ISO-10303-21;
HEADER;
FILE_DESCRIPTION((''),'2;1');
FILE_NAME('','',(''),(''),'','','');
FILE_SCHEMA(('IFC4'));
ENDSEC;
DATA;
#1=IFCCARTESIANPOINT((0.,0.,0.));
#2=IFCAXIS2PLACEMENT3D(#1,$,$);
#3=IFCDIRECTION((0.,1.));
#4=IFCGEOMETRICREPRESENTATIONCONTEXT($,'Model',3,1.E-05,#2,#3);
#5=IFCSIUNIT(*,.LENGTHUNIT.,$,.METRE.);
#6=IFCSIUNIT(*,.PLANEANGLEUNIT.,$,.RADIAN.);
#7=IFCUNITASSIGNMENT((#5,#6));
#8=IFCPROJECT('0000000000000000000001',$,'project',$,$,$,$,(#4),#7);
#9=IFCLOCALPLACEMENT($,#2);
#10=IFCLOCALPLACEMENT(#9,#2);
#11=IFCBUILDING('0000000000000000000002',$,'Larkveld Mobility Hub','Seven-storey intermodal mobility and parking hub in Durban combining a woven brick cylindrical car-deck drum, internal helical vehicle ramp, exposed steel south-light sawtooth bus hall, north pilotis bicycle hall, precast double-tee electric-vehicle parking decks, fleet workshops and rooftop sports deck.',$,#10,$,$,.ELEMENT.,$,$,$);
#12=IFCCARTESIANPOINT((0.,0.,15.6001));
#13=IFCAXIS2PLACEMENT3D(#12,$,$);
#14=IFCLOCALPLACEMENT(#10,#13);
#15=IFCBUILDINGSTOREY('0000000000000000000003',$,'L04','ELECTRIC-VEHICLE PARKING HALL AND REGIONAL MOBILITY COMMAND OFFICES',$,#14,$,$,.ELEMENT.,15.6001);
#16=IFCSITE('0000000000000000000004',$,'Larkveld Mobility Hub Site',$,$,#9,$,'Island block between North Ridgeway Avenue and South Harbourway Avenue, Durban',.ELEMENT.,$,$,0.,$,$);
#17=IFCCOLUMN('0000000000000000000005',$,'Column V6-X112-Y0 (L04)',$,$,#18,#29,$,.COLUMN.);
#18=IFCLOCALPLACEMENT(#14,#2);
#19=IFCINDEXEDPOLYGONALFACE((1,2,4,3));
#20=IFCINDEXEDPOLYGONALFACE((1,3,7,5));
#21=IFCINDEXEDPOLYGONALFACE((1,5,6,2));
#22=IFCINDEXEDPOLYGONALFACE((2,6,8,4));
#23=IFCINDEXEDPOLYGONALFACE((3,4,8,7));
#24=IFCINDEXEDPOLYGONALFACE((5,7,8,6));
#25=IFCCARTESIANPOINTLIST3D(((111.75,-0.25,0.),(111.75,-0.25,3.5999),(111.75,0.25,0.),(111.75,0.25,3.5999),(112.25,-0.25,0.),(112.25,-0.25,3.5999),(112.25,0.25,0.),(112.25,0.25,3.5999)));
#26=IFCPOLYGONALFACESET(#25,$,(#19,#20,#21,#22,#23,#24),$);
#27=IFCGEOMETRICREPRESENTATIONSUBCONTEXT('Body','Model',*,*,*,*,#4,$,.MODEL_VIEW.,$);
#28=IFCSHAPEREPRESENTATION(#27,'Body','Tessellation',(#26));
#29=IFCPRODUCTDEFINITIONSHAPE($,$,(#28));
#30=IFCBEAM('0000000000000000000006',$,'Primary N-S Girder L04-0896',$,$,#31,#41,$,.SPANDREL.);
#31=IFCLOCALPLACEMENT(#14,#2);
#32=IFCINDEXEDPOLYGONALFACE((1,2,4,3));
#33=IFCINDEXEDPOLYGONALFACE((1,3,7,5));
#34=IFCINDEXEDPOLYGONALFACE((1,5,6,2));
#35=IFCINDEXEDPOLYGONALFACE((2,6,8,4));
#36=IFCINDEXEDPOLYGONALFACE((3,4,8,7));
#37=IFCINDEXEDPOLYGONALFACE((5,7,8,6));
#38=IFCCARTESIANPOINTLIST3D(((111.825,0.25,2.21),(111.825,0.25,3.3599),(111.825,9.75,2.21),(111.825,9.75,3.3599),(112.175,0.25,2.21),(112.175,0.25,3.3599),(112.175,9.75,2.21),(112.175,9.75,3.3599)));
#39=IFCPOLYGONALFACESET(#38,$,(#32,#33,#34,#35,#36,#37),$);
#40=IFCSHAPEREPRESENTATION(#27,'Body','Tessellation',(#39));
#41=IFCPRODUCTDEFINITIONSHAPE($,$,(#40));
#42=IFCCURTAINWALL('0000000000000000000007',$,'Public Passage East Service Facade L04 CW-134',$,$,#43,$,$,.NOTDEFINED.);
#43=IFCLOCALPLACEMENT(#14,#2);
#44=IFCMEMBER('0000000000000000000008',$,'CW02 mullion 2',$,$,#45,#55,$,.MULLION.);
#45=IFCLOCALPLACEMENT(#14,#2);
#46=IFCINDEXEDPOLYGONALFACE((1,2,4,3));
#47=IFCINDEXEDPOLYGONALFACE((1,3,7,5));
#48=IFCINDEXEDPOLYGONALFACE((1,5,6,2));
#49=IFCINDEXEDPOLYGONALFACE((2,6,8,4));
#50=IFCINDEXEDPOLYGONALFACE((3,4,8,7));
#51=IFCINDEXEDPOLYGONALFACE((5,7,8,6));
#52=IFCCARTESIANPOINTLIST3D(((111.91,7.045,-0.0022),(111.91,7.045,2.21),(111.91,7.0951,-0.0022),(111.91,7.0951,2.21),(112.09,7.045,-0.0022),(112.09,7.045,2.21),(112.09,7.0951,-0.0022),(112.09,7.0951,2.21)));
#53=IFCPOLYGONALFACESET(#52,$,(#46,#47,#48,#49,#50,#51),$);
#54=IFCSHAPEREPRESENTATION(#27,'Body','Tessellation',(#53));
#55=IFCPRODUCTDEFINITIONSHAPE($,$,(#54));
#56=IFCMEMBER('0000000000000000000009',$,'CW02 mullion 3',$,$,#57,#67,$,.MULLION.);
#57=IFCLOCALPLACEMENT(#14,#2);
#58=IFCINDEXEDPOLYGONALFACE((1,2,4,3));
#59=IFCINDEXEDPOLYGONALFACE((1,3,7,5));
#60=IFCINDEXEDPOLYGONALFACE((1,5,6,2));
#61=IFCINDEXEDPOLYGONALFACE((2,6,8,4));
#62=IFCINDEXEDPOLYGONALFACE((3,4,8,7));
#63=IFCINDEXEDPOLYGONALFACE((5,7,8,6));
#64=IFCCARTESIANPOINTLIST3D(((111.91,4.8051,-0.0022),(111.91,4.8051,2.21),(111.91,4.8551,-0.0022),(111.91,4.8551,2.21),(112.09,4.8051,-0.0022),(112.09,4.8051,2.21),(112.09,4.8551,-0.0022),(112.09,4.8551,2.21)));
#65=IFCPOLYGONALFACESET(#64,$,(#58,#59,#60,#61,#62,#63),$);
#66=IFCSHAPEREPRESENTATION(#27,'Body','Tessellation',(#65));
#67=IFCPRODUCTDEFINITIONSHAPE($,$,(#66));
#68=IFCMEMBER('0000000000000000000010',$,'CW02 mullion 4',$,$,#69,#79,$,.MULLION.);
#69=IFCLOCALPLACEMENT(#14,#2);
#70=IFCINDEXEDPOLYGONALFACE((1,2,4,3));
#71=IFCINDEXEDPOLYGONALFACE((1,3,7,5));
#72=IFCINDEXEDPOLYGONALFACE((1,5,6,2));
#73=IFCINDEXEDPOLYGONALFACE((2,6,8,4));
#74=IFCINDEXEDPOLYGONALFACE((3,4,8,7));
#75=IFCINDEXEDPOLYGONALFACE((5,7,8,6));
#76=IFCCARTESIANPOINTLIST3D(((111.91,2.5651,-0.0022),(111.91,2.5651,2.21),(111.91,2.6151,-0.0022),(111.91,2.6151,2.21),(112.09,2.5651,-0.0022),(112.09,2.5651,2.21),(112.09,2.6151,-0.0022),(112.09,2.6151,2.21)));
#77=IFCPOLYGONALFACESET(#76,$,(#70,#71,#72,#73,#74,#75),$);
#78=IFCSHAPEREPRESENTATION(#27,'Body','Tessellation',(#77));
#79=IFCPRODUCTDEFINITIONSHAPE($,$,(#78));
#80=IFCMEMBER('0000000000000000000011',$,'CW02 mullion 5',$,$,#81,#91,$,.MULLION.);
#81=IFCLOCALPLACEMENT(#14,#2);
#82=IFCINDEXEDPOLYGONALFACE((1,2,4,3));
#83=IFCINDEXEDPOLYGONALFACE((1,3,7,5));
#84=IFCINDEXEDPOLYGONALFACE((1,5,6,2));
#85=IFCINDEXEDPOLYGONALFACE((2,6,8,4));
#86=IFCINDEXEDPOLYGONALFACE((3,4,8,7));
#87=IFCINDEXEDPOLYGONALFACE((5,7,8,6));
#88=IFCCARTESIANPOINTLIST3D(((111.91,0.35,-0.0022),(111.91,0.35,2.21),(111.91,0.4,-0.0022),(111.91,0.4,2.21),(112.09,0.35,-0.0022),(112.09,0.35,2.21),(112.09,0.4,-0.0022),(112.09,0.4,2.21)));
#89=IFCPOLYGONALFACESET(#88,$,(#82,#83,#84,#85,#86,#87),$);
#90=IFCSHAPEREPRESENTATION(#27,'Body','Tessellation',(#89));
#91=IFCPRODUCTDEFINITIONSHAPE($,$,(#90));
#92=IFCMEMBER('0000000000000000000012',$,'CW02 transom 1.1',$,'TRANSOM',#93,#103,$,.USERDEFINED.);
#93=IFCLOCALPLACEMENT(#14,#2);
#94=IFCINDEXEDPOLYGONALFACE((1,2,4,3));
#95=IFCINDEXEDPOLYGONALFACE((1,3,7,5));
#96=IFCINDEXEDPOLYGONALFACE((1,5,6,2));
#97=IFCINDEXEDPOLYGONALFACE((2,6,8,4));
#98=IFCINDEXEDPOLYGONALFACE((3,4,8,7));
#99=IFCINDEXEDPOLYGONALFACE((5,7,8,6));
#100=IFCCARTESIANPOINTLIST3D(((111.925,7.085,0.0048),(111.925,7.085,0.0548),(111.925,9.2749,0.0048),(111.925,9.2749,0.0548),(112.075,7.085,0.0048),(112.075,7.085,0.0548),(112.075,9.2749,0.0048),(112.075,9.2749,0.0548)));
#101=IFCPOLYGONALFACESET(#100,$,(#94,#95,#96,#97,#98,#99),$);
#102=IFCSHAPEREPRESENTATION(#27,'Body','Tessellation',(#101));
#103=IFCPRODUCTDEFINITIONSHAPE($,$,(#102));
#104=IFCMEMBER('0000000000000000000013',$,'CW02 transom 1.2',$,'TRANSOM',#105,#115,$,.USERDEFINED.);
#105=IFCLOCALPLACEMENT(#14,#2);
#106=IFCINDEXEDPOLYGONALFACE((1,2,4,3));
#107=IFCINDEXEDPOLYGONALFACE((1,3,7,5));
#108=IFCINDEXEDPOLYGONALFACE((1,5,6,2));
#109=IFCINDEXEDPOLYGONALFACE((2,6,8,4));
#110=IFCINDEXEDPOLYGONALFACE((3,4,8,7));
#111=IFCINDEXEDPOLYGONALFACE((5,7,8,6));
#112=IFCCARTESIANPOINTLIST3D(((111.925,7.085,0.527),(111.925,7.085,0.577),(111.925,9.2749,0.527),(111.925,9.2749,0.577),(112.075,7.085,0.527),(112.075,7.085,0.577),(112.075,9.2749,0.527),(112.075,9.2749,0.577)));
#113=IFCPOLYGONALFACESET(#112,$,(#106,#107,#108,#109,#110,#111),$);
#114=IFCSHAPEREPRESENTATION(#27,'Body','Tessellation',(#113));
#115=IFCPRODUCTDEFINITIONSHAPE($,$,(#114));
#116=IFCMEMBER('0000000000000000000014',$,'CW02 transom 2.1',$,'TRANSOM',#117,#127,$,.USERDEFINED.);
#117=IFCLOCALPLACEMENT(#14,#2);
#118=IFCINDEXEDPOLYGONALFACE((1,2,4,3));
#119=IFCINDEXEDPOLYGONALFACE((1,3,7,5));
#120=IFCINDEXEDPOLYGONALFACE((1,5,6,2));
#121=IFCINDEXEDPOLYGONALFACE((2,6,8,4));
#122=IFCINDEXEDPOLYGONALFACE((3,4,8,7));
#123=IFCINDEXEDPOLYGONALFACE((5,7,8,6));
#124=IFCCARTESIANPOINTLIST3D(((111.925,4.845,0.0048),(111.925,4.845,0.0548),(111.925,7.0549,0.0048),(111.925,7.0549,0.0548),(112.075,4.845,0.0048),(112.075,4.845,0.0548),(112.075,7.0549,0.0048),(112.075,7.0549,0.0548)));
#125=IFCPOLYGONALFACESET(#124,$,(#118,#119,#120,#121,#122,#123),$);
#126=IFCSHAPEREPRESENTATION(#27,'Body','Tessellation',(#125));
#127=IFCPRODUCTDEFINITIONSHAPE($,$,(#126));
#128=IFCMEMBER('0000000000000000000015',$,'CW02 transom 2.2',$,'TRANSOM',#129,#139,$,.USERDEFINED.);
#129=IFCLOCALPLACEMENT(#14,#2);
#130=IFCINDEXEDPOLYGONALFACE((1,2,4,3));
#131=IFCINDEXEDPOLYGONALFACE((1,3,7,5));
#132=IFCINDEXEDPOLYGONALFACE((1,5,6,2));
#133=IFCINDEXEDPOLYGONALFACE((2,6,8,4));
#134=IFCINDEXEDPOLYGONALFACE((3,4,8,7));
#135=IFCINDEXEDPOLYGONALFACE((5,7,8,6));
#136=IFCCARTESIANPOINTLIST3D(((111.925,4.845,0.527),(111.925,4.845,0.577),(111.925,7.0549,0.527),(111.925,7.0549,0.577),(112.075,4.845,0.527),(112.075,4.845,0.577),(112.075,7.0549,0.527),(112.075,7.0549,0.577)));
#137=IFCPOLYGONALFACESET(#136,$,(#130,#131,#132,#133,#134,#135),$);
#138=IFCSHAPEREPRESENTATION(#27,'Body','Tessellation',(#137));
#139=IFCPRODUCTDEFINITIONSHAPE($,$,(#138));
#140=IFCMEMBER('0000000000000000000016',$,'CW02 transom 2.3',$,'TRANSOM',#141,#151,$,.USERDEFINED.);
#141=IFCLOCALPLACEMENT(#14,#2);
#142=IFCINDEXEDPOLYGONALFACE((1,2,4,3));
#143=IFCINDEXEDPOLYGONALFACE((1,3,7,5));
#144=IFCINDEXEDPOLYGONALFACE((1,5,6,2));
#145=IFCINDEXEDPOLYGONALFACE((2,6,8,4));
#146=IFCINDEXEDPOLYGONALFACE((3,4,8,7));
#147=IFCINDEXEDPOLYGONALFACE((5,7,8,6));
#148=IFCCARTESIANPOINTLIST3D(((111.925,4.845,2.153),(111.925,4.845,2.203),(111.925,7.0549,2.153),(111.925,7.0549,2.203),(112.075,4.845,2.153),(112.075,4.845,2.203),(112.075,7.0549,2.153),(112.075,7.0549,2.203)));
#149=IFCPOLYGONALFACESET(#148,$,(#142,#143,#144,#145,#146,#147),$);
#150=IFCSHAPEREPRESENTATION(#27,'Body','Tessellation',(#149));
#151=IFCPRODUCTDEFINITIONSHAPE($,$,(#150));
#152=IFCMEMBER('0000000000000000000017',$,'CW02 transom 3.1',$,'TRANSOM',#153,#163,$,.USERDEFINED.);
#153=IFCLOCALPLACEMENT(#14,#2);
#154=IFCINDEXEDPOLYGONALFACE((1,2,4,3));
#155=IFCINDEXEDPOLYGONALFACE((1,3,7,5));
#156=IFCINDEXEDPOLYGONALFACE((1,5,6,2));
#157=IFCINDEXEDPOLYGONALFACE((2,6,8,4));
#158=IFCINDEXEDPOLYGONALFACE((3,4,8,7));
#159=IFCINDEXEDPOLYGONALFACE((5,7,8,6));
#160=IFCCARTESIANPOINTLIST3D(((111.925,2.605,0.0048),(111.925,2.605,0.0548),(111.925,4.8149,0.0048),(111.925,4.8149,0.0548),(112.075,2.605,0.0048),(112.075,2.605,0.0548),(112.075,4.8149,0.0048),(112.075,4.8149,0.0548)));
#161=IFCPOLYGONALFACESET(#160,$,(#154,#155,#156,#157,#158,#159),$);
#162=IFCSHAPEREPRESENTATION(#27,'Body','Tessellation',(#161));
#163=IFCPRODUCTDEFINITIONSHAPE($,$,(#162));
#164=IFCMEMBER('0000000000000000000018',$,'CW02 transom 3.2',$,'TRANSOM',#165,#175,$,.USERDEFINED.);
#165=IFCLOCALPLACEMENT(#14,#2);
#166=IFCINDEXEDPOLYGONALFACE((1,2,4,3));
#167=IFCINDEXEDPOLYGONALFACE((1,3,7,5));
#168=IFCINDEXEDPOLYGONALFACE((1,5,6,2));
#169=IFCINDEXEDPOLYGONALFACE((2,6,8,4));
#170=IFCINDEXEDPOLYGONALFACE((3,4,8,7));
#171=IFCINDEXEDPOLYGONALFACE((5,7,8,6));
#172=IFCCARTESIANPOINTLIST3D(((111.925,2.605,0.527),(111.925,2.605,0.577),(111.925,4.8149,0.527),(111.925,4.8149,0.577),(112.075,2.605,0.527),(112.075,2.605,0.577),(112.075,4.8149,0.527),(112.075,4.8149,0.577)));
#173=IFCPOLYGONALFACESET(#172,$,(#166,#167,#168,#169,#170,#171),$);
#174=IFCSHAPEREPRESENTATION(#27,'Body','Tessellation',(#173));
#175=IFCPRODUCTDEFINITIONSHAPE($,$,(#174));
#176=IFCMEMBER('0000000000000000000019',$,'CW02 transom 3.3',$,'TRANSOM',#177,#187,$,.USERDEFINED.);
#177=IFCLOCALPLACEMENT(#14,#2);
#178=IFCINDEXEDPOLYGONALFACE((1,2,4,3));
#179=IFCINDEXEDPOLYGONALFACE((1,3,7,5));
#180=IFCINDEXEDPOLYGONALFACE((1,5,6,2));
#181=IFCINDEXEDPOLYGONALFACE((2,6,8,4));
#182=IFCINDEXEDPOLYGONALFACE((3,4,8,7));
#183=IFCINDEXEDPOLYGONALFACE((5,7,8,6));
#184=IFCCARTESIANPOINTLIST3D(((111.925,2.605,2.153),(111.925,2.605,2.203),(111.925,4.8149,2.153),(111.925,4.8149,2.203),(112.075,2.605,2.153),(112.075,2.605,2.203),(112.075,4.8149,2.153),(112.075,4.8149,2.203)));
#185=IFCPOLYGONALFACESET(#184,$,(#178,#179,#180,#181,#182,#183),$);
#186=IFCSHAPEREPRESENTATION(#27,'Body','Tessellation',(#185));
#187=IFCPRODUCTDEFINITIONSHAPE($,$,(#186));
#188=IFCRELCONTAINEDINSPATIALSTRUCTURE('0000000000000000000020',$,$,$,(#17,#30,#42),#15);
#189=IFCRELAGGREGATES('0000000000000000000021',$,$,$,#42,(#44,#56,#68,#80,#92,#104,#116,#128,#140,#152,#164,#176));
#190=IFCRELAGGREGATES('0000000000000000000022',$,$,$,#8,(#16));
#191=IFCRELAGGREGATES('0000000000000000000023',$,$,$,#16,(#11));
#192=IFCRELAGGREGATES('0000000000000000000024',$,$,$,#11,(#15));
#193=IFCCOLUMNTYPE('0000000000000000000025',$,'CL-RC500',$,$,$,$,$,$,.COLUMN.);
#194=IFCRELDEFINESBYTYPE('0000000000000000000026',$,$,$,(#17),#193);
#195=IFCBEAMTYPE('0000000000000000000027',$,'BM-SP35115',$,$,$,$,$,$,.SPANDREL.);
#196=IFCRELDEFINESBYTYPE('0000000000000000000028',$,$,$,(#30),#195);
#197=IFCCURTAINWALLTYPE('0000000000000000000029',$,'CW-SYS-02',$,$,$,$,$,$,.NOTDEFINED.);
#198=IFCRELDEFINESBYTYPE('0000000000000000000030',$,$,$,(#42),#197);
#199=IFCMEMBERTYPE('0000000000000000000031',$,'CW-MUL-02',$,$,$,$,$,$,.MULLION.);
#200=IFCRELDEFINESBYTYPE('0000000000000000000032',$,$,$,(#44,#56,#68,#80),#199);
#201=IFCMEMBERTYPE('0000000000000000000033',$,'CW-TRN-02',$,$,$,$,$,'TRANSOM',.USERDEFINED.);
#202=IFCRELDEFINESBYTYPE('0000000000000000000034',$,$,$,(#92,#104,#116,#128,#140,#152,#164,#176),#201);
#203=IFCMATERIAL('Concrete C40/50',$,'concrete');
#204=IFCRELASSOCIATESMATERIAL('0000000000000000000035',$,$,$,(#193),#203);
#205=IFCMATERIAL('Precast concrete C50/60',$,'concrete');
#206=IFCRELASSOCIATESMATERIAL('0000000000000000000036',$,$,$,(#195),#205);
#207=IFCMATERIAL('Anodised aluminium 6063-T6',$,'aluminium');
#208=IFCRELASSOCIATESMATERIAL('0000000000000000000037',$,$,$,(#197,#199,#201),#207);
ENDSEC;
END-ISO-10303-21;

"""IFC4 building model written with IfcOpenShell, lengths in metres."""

from ifc_helpers import new_model, si_unit, direction, frame, origin, origin_2d, place, context, subcontext, project, spatial, rectangle, extrude, material, material_profile, profile_set, type_object, element, aggregate, save


model = new_model("IFC4")

# Units and contexts
model_context = context("Model", 3, precision=1e-05, world=origin(), true_north=direction((0.0, 1.0)))
body_context = subcontext(model_context, "Body", "Model", "MODEL_VIEW")
ifc_project = project(units=[si_unit("LENGTHUNIT", "METRE"), si_unit("PLANEANGLEUNIT", "RADIAN")], contexts=[model_context])

# Site, building, storey
site_placement = place(None, origin())
site = spatial("IfcSite", under=ifc_project, at=site_placement, Name="Larkveld Mobility Hub Site", LongName="Island block between North Ridgeway Avenue and South Harbourway Avenue, Durban", CompositionType="ELEMENT", RefElevation=0.0)
building_placement = place(site_placement, origin())
building = spatial("IfcBuilding", under=site, at=building_placement, Name="Larkveld Mobility Hub", Description="Seven-storey intermodal mobility and parking hub in Durban combining a woven brick cylindrical car-deck drum, internal helical vehicle ramp, exposed steel south-light sawtooth bus hall, north pilotis bicycle hall, precast double-tee electric-vehicle parking decks, fleet workshops and rooftop sports deck.", CompositionType="ELEMENT")
storey_placement = place(building_placement, frame((0.0, 0.0, 15.6001)))
storey = spatial("IfcBuildingStorey", under=building, at=storey_placement, Name="L04", Description="ELECTRIC-VEHICLE PARKING HALL AND REGIONAL MOBILITY COMMAND OFFICES", CompositionType="ELEMENT", Elevation=15.6001)

# Column
ifc_material_1 = material(Name="Concrete C40/50", Category="concrete")
ifc_material_profile_1 = material_profile(ifc_material_1, rectangle(XDim=0.5, YDim=0.5, at=origin_2d()), Name="RC COL 500x500")
ifc_profile_set_1 = profile_set([ifc_material_profile_1], Name="Concrete C40/50")
column_type = type_object("IfcColumnType", Name="CL-RC500", PredefinedType="COLUMN", material=ifc_profile_set_1)
column_placement = place(storey_placement, frame((112.0, 0.0, 0.0), z_axis=(0.0, 0.0, 1.0), x_axis=(1.0, 0.0, 0.0)))
element("IfcColumn", 1, at=column_placement, inside=storey, type_object=column_type, Name="Column V6-X112-Y0 (L04)", PredefinedType="COLUMN", context=body_context, shape_type="SweptSolid", body=[
    extrude(rectangle(XDim=0.5, YDim=0.5, at=origin_2d()), origin(), (0.0, 0.0, 1.0), 3.5999),
])

# Beam
ifc_material_2 = material(Name="Precast concrete C50/60", Category="concrete")
ifc_material_profile_2 = material_profile(ifc_material_2, rectangle(XDim=0.3501, YDim=1.1499, at=origin_2d()), Name="PC SP 350x1150")
ifc_profile_set_2 = profile_set([ifc_material_profile_2], Name="Precast concrete C50/60")
beam_type = type_object("IfcBeamType", Name="BM-SP35115", PredefinedType="SPANDREL", material=ifc_profile_set_2)
beam_placement = place(storey_placement, frame((112.0, 0.25, 2.7849), z_axis=(0.0, 1.0, 0.0), x_axis=(-1.0, 0.0, 0.0)))
element("IfcBeam", 2, at=beam_placement, inside=storey, type_object=beam_type, Name="Primary N-S Girder L04-0896", PredefinedType="SPANDREL", context=body_context, shape_type="SweptSolid", body=[
    extrude(rectangle(XDim=0.3501, YDim=1.1499, at=origin_2d()), origin(), (0.0, 0.0, 1.0), 9.5),
])

# Curtain wall, members
ifc_material_3 = material(Name="Anodised aluminium 6063-T6", Category="aluminium")
curtain_wall_type = type_object("IfcCurtainWallType", Name="CW-SYS-02", PredefinedType="NOTDEFINED", material=ifc_material_3)
curtain_wall_placement = place(storey_placement, origin())
curtain_wall = element("IfcCurtainWall", 3, at=curtain_wall_placement, inside=storey, type_object=curtain_wall_type, Name="Public Passage East Service Facade L04 CW-134", PredefinedType="NOTDEFINED")
ifc_material_profile_3 = material_profile(ifc_material_3, rectangle(XDim=0.05, YDim=0.1799, at=origin_2d()), Name="ALU MULL 50x180")
ifc_profile_set_3 = profile_set([ifc_material_profile_3], Name="Anodised aluminium 6063-T6")
member_type_1 = type_object("IfcMemberType", Name="CW-MUL-02", PredefinedType="MULLION", material=ifc_profile_set_3)
member_1_placement = place(storey_placement, frame((112.0, 7.0701, -0.0022), z_axis=(0.0, 0.0, 1.0), x_axis=(0.0, -1.0, 0.0)))
member_1 = element("IfcMember", 4, at=member_1_placement, type_object=member_type_1, Name="CW02 mullion 2", PredefinedType="MULLION", context=body_context, shape_type="SweptSolid", body=[
    extrude(rectangle(XDim=0.05, YDim=0.1799, at=origin_2d()), origin(), (0.0, 0.0, 1.0), 2.2122),
])
member_2_placement = place(storey_placement, frame((112.0, 4.8301, -0.0022), z_axis=(0.0, 0.0, 1.0), x_axis=(0.0, -1.0, 0.0)))
member_2 = element("IfcMember", 5, at=member_2_placement, type_object=member_type_1, Name="CW02 mullion 3", PredefinedType="MULLION", context=body_context, shape_type="SweptSolid", body=[
    extrude(rectangle(XDim=0.05, YDim=0.1799, at=origin_2d()), origin(), (0.0, 0.0, 1.0), 2.2122),
])
member_3_placement = place(storey_placement, frame((112.0, 2.5901, -0.0022), z_axis=(0.0, 0.0, 1.0), x_axis=(0.0, -1.0, 0.0)))
member_3 = element("IfcMember", 6, at=member_3_placement, type_object=member_type_1, Name="CW02 mullion 4", PredefinedType="MULLION", context=body_context, shape_type="SweptSolid", body=[
    extrude(rectangle(XDim=0.05, YDim=0.1799, at=origin_2d()), origin(), (0.0, 0.0, 1.0), 2.2122),
])
member_4_placement = place(storey_placement, frame((112.0, 0.375, -0.0022), z_axis=(0.0, 0.0, 1.0), x_axis=(0.0, -1.0, 0.0)))
member_4 = element("IfcMember", 7, at=member_4_placement, type_object=member_type_1, Name="CW02 mullion 5", PredefinedType="MULLION", context=body_context, shape_type="SweptSolid", body=[
    extrude(rectangle(XDim=0.05, YDim=0.1799, at=origin_2d()), origin(), (0.0, 0.0, 1.0), 2.2122),
])
ifc_material_profile_4 = material_profile(ifc_material_3, rectangle(XDim=0.1499, YDim=0.05, at=origin_2d()), Name="ALU TRAN 50x150")
ifc_profile_set_4 = profile_set([ifc_material_profile_4], Name="Anodised aluminium 6063-T6")
member_type_2 = type_object("IfcMemberType", Name="CW-TRN-02", ElementType="TRANSOM", PredefinedType="USERDEFINED", material=ifc_profile_set_4)
member_5_placement = place(storey_placement, frame((112.0, 9.2749, 0.0298), z_axis=(0.0, -1.0, 0.0), x_axis=(1.0, 0.0, 0.0)))
member_5 = element("IfcMember", 8, at=member_5_placement, type_object=member_type_2, Name="CW02 transom 1.1", ObjectType="TRANSOM", PredefinedType="USERDEFINED", context=body_context, shape_type="SweptSolid", body=[
    extrude(rectangle(XDim=0.1499, YDim=0.05, at=origin_2d()), origin(), (0.0, 0.0, 1.0), 2.1899),
])
member_6_placement = place(storey_placement, frame((112.0, 9.2749, 0.552), z_axis=(0.0, -1.0, 0.0), x_axis=(1.0, 0.0, 0.0)))
member_6 = element("IfcMember", 9, at=member_6_placement, type_object=member_type_2, Name="CW02 transom 1.2", ObjectType="TRANSOM", PredefinedType="USERDEFINED", context=body_context, shape_type="SweptSolid", body=[
    extrude(rectangle(XDim=0.1499, YDim=0.05, at=origin_2d()), origin(), (0.0, 0.0, 1.0), 2.1899),
])
member_7_placement = place(storey_placement, frame((112.0, 7.0549, 0.0298), z_axis=(0.0, -1.0, 0.0), x_axis=(1.0, 0.0, 0.0)))
member_7 = element("IfcMember", 10, at=member_7_placement, type_object=member_type_2, Name="CW02 transom 2.1", ObjectType="TRANSOM", PredefinedType="USERDEFINED", context=body_context, shape_type="SweptSolid", body=[
    extrude(rectangle(XDim=0.1499, YDim=0.05, at=origin_2d()), origin(), (0.0, 0.0, 1.0), 2.21),
])
member_8_placement = place(storey_placement, frame((112.0, 7.0549, 0.552), z_axis=(0.0, -1.0, 0.0), x_axis=(1.0, 0.0, 0.0)))
member_8 = element("IfcMember", 11, at=member_8_placement, type_object=member_type_2, Name="CW02 transom 2.2", ObjectType="TRANSOM", PredefinedType="USERDEFINED", context=body_context, shape_type="SweptSolid", body=[
    extrude(rectangle(XDim=0.1499, YDim=0.05, at=origin_2d()), origin(), (0.0, 0.0, 1.0), 2.21),
])
member_9_placement = place(storey_placement, frame((112.0, 7.0549, 2.178), z_axis=(0.0, -1.0, 0.0), x_axis=(1.0, 0.0, 0.0)))
member_9 = element("IfcMember", 12, at=member_9_placement, type_object=member_type_2, Name="CW02 transom 2.3", ObjectType="TRANSOM", PredefinedType="USERDEFINED", context=body_context, shape_type="SweptSolid", body=[
    extrude(rectangle(XDim=0.1499, YDim=0.05, at=origin_2d()), origin(), (0.0, 0.0, 1.0), 2.21),
])
member_10_placement = place(storey_placement, frame((112.0, 4.8149, 0.0298), z_axis=(0.0, -1.0, 0.0), x_axis=(1.0, 0.0, 0.0)))
member_10 = element("IfcMember", 13, at=member_10_placement, type_object=member_type_2, Name="CW02 transom 3.1", ObjectType="TRANSOM", PredefinedType="USERDEFINED", context=body_context, shape_type="SweptSolid", body=[
    extrude(rectangle(XDim=0.1499, YDim=0.05, at=origin_2d()), origin(), (0.0, 0.0, 1.0), 2.21),
])
member_11_placement = place(storey_placement, frame((112.0, 4.8149, 0.552), z_axis=(0.0, -1.0, 0.0), x_axis=(1.0, 0.0, 0.0)))
member_11 = element("IfcMember", 14, at=member_11_placement, type_object=member_type_2, Name="CW02 transom 3.2", ObjectType="TRANSOM", PredefinedType="USERDEFINED", context=body_context, shape_type="SweptSolid", body=[
    extrude(rectangle(XDim=0.1499, YDim=0.05, at=origin_2d()), origin(), (0.0, 0.0, 1.0), 2.21),
])
member_12_placement = place(storey_placement, frame((112.0, 4.8149, 2.178), z_axis=(0.0, -1.0, 0.0), x_axis=(1.0, 0.0, 0.0)))
member_12 = element("IfcMember", 15, at=member_12_placement, type_object=member_type_2, Name="CW02 transom 3.3", ObjectType="TRANSOM", PredefinedType="USERDEFINED", context=body_context, shape_type="SweptSolid", body=[
    extrude(rectangle(XDim=0.1499, YDim=0.05, at=origin_2d()), origin(), (0.0, 0.0, 1.0), 2.21),
])
aggregate(curtain_wall, [member_1, member_2, member_3, member_4, member_5, member_6, member_7, member_8, member_9, member_10, member_11, member_12])

save(model, "model.ifc")
